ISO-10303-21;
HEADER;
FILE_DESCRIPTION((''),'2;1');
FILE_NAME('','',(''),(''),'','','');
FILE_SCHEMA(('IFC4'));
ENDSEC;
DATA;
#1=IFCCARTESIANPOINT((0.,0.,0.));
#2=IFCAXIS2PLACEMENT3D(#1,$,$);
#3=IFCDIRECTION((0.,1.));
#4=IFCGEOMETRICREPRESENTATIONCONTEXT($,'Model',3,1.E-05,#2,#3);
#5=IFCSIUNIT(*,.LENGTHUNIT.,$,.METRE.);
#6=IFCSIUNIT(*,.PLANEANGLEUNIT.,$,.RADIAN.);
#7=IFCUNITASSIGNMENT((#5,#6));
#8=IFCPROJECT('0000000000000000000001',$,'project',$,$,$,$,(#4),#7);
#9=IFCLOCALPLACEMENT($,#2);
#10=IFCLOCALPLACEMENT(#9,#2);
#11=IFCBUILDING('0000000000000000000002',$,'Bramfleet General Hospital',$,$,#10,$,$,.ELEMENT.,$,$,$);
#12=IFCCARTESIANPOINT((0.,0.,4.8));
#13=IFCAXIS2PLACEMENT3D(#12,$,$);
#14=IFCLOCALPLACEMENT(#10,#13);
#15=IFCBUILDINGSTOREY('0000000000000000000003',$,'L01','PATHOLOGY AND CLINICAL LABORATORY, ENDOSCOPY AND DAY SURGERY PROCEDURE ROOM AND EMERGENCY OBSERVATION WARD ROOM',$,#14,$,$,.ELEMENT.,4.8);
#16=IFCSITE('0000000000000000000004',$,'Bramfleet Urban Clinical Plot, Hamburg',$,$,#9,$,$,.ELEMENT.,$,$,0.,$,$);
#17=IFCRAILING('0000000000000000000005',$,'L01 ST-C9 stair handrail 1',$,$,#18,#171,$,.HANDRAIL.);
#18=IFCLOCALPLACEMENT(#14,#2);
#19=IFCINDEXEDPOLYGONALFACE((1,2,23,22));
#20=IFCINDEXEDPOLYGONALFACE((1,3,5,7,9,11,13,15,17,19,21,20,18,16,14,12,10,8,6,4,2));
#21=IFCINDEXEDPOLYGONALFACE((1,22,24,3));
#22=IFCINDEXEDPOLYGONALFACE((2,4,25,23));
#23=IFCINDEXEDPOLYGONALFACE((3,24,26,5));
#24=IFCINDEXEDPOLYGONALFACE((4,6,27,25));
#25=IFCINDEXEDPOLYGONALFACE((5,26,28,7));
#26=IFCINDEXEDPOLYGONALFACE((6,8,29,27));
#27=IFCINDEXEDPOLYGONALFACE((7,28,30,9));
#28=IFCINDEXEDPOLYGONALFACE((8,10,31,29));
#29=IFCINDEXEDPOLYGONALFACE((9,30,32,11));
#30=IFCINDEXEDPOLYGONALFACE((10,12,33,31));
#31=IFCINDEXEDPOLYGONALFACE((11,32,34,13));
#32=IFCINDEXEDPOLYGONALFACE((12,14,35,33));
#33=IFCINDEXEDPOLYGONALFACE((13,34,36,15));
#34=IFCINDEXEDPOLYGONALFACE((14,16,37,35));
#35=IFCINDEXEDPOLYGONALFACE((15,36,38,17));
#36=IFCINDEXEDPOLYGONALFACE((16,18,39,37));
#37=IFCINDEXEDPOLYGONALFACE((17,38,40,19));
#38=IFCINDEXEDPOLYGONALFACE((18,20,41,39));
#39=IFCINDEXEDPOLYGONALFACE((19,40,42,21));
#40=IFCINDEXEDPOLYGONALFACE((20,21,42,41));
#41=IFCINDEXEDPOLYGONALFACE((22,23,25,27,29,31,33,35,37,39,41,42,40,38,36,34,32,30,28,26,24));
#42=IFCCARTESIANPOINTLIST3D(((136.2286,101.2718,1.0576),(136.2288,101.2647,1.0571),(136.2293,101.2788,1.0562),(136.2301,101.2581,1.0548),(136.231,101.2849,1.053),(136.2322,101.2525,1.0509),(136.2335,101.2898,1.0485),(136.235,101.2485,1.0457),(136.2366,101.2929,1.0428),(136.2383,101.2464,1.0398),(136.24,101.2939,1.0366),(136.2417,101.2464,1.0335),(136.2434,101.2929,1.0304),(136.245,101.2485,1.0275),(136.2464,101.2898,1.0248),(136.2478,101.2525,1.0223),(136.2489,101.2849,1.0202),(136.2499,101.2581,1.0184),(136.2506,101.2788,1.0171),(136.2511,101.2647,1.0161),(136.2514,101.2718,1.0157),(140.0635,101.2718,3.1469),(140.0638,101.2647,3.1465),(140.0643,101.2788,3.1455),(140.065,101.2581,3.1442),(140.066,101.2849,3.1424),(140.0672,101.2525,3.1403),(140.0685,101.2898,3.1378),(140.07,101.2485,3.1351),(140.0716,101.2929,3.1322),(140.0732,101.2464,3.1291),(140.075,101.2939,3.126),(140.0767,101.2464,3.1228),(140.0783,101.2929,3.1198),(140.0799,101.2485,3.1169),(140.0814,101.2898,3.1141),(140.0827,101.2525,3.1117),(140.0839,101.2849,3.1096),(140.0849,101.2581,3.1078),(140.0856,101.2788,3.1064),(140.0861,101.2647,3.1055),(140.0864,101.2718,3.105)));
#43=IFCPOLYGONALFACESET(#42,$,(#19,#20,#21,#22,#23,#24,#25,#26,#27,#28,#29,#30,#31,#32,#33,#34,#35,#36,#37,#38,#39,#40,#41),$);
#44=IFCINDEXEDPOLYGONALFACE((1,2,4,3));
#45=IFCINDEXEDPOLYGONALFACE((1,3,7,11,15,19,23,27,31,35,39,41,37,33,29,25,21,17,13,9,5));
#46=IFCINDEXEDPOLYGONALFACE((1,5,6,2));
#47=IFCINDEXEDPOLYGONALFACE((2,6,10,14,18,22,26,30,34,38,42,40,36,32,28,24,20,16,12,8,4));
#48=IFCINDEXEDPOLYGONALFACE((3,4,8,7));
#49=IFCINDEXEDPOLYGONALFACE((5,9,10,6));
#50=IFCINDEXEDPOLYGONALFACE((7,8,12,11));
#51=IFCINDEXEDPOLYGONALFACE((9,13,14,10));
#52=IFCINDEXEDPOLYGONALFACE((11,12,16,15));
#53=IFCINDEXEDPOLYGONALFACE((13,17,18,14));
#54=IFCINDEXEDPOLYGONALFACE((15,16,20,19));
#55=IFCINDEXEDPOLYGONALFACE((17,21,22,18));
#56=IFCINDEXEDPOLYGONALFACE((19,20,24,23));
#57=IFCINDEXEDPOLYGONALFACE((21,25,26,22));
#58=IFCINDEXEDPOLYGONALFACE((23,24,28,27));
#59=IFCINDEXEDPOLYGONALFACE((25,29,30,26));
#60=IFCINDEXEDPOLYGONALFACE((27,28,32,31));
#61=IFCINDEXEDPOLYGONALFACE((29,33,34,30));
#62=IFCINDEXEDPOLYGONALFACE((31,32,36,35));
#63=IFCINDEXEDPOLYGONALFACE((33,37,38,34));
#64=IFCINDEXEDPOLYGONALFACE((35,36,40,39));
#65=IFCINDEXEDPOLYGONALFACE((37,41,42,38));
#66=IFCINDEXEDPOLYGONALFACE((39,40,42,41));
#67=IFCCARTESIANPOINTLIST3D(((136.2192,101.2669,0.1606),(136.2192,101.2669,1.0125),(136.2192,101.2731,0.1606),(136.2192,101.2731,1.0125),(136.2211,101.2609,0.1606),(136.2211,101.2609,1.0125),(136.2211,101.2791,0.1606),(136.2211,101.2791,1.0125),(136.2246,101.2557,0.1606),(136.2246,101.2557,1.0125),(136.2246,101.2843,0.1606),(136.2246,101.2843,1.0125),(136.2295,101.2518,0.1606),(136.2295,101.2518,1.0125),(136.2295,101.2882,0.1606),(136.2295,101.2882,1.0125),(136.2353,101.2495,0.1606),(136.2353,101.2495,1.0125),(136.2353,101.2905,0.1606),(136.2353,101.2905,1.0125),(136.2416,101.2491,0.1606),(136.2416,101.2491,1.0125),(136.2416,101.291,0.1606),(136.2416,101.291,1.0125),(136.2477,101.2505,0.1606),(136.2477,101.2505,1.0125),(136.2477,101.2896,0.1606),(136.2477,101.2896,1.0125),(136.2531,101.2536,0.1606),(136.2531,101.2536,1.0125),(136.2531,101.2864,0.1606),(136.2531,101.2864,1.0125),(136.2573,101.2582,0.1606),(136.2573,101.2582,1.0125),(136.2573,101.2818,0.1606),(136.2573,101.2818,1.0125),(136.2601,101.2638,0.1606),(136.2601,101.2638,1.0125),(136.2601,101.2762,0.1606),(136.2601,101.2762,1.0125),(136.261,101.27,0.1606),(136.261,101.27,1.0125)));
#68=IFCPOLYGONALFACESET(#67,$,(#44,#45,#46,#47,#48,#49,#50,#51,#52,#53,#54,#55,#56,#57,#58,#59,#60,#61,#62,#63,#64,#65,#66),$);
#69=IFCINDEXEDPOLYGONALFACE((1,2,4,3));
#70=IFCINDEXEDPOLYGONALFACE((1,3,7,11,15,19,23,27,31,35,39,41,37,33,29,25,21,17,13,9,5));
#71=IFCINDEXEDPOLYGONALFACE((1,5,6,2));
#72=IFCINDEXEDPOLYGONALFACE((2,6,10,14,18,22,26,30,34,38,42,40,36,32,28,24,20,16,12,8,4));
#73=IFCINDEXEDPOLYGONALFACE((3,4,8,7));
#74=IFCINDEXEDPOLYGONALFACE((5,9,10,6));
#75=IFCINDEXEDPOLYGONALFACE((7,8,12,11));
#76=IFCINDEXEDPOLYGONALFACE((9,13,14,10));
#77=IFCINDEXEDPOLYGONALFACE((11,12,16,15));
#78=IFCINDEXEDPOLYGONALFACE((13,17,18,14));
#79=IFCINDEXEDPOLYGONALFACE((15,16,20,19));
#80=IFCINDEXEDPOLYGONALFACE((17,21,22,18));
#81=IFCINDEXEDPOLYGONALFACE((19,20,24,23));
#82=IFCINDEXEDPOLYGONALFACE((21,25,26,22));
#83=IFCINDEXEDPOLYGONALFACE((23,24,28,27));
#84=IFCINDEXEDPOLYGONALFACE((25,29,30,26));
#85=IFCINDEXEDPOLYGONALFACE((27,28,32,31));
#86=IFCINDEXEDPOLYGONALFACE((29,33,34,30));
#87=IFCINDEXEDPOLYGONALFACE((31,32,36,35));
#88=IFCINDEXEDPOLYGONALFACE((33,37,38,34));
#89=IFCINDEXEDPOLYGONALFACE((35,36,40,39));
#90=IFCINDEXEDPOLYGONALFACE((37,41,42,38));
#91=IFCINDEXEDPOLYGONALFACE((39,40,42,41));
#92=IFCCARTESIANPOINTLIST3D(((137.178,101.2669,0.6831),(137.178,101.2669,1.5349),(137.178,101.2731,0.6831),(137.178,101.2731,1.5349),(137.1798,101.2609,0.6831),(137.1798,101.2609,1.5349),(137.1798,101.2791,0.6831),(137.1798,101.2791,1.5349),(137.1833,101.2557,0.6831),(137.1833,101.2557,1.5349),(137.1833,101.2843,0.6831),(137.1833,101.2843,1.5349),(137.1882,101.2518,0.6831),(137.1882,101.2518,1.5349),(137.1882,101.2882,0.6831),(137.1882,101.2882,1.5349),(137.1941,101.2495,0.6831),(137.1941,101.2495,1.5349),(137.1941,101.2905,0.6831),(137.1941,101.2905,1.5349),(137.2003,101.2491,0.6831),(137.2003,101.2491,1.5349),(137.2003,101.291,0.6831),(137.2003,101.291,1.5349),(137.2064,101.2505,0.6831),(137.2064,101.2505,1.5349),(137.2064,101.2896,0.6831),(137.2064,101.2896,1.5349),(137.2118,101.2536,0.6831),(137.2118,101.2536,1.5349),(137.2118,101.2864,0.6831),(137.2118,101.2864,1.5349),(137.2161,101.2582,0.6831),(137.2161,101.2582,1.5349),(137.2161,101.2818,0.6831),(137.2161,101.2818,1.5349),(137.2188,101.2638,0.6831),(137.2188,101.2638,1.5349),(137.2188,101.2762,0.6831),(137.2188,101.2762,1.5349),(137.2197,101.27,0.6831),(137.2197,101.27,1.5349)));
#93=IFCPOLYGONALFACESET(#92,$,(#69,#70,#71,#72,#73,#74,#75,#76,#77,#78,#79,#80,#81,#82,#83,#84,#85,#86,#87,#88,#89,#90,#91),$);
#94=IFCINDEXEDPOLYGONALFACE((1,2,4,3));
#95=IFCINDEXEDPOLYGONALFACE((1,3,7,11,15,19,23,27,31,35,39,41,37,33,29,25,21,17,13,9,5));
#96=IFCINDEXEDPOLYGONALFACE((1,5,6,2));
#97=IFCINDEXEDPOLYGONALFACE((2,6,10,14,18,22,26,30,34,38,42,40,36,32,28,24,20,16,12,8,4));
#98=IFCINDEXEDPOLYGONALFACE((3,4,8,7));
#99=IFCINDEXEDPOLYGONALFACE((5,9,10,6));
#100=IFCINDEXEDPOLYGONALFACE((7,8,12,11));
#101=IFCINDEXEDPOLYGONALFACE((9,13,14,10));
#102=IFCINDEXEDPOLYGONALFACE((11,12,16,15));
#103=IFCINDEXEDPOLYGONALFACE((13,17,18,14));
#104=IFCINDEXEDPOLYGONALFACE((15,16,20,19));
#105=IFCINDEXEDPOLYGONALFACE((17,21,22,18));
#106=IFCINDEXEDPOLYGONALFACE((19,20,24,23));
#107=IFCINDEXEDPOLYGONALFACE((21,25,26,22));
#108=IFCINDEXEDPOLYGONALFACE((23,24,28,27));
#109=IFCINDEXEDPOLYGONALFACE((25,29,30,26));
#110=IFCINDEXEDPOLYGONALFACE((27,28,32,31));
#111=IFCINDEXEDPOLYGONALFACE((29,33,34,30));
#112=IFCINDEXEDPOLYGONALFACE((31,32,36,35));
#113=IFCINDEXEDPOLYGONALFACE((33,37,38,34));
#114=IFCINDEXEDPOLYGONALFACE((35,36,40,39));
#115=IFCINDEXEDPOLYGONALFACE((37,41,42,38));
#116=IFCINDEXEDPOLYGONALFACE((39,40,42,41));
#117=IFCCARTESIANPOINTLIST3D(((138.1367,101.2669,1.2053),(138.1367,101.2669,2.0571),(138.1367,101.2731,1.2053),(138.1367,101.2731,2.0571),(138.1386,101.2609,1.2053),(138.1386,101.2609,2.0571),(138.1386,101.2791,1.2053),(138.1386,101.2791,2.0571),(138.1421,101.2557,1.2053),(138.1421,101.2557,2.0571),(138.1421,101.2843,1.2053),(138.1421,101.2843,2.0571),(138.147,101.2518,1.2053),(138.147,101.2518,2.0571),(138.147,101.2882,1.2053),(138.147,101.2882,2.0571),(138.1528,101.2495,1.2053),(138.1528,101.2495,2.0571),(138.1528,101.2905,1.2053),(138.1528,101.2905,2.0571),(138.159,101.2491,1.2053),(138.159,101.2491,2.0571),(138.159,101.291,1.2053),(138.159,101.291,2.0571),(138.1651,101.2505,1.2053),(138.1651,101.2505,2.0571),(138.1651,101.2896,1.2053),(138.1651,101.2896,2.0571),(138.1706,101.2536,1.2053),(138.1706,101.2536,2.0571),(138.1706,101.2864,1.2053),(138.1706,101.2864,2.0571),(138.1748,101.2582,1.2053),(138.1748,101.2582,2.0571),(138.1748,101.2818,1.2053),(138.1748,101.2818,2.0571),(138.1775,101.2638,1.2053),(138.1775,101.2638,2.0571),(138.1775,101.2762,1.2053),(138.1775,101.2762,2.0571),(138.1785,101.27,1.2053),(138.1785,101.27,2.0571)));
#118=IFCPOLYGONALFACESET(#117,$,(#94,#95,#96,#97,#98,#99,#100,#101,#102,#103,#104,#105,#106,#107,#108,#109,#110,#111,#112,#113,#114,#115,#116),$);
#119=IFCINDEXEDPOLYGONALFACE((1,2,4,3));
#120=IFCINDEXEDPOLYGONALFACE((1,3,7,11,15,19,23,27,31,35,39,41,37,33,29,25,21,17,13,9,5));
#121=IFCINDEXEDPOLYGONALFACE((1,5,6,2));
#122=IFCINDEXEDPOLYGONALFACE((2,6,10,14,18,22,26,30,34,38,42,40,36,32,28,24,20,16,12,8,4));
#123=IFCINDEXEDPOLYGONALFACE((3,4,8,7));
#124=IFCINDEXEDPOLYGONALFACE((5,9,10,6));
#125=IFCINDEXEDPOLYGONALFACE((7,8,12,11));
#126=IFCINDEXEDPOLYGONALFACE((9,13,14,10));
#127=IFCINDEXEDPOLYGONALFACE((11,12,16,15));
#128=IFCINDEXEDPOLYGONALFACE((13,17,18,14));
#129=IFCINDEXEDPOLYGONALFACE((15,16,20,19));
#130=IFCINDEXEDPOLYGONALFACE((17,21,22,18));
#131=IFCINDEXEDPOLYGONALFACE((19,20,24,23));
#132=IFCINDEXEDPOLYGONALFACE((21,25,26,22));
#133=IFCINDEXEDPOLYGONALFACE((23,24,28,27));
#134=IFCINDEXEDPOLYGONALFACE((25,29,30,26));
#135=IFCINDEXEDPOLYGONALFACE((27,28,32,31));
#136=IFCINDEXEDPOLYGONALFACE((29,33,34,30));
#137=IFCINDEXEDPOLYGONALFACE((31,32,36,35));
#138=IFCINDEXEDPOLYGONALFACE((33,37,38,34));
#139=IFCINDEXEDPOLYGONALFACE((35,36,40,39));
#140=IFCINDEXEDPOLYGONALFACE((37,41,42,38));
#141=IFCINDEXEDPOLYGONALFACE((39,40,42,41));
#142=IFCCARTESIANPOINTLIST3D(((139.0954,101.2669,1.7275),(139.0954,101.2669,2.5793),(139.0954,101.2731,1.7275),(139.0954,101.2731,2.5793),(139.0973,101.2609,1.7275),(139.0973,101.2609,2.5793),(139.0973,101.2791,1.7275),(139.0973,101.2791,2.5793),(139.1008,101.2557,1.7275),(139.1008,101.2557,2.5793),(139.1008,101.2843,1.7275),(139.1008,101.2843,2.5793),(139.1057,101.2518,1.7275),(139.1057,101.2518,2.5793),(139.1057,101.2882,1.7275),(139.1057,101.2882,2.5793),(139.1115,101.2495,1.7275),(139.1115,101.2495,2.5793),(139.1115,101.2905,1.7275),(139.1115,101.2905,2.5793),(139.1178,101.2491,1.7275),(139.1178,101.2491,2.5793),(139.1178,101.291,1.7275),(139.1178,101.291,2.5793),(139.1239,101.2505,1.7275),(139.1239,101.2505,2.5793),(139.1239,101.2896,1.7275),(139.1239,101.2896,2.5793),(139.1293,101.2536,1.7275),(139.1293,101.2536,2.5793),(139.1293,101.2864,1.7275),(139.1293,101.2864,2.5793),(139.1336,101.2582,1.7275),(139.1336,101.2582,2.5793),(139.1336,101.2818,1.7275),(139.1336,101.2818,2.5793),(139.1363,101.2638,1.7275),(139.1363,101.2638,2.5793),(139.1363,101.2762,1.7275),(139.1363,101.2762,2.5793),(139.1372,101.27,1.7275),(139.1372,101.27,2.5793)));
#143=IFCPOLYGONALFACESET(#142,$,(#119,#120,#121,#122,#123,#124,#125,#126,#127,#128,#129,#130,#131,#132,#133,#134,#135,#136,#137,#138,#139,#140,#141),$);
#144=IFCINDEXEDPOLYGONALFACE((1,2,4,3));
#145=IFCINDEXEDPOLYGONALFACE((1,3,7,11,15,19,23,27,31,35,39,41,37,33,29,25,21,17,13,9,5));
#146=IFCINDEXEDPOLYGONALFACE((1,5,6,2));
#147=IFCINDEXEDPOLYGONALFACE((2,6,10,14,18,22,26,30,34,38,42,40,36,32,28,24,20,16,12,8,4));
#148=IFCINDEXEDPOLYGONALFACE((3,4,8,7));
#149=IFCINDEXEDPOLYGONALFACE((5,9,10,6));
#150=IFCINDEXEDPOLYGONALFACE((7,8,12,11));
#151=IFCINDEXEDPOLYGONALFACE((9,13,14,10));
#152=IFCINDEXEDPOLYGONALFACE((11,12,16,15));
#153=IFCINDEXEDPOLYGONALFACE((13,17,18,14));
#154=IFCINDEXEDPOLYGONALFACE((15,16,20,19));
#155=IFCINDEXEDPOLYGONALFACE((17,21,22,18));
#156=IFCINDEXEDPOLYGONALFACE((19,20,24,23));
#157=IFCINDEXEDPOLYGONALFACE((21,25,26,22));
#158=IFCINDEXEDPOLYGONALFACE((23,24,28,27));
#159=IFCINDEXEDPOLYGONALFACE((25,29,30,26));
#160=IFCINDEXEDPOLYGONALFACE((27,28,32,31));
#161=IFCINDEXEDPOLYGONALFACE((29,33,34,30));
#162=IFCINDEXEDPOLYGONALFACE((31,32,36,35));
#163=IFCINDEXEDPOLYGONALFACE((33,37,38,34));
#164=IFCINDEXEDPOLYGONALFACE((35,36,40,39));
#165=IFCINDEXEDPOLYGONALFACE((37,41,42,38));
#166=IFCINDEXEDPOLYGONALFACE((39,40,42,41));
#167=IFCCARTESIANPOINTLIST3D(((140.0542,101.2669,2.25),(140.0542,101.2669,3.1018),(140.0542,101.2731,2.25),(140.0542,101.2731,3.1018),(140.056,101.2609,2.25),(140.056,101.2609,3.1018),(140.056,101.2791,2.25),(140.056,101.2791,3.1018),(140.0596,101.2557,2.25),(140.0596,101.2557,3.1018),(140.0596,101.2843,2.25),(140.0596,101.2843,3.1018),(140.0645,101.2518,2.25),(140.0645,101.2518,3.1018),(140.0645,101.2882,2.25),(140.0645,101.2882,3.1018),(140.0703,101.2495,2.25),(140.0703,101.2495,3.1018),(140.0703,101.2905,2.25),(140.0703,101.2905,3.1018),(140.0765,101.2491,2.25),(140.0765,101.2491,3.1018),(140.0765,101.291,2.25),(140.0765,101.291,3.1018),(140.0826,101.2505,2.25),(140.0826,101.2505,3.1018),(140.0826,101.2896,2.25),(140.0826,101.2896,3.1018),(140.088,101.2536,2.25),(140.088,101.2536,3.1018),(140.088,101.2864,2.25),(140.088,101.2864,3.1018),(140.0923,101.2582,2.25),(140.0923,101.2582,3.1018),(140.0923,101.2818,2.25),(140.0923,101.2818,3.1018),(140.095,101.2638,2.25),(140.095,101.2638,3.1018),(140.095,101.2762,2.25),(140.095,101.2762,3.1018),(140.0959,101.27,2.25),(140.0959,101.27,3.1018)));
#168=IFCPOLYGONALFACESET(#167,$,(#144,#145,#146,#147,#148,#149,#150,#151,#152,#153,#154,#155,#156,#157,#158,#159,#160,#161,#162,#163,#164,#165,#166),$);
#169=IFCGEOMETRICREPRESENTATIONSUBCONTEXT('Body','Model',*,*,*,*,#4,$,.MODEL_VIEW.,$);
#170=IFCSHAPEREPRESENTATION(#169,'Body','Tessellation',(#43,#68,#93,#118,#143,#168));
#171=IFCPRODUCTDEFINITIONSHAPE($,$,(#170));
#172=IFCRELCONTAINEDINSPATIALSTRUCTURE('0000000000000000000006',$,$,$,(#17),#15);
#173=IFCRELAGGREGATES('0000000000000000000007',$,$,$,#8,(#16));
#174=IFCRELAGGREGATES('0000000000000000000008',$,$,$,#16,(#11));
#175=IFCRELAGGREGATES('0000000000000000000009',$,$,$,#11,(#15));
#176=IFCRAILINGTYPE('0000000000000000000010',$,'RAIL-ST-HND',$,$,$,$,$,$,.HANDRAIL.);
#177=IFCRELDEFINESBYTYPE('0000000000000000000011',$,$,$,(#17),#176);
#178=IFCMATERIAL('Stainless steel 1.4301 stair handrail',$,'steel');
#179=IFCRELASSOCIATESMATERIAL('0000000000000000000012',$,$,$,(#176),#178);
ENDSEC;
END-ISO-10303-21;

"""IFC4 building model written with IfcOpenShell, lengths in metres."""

from ifc_helpers import new_model, si_unit, direction, frame, origin, origin_2d, place, context, subcontext, project, spatial, circle, extrude, material, type_object, element, save


model = new_model("IFC4")

# Units and contexts
model_context = context("Model", 3, precision=1e-05, world=origin(), true_north=direction((0.0, 1.0)))
body_context = subcontext(model_context, "Body", "Model", "MODEL_VIEW")
ifc_project = project(units=[si_unit("LENGTHUNIT", "METRE"), si_unit("PLANEANGLEUNIT", "RADIAN")], contexts=[model_context])

# Site, building, storey
site_placement = place(None, origin())
site = spatial("IfcSite", under=ifc_project, at=site_placement, Name="Bramfleet Urban Clinical Plot, Hamburg", CompositionType="ELEMENT", RefElevation=0.0)
building_placement = place(site_placement, origin())
building = spatial("IfcBuilding", under=site, at=building_placement, Name="Bramfleet General Hospital", CompositionType="ELEMENT")
storey_placement = place(building_placement, frame((0.0, 0.0, 4.8)))
storey = spatial("IfcBuildingStorey", under=building, at=storey_placement, Name="L01", Description="PATHOLOGY AND CLINICAL LABORATORY, ENDOSCOPY AND DAY SURGERY PROCEDURE ROOM AND EMERGENCY OBSERVATION WARD ROOM", CompositionType="ELEMENT", Elevation=4.8)

# Railing
ifc_material_1 = material(Name="Stainless steel 1.4301 stair handrail", Category="steel")
railing_type = type_object("IfcRailingType", Name="RAIL-ST-HND", PredefinedType="HANDRAIL", material=ifc_material_1)
railing_placement = place(storey_placement, frame((136.24, 101.27, 0.1606)))
element("IfcRailing", 1, at=railing_placement, inside=storey, type_object=railing_type, Name="L01 ST-C9 stair handrail 1", PredefinedType="HANDRAIL", context=body_context, shape_type="SweptSolid", body=[
    extrude(circle(Radius=0.0239, at=origin_2d()), frame((0.0, 0.0, 0.876), z_axis=(0.87813, 0.0, 0.478421), x_axis=(0.0, 1.0, 0.0)), (0.0, 0.0, 1.0), 4.3672),
    extrude(circle(Radius=0.021, at=origin_2d()), origin(), (0.0, 0.0, 1.0), 0.8518),
    extrude(circle(Radius=0.021, at=origin_2d()), frame((0.9587, 0.0, 0.5225)), (0.0, 0.0, 1.0), 0.8518),
    extrude(circle(Radius=0.021, at=origin_2d()), frame((1.9175, 0.0, 1.0447)), (0.0, 0.0, 1.0), 0.8518),
    extrude(circle(Radius=0.021, at=origin_2d()), frame((2.8762, 0.0, 1.5669)), (0.0, 0.0, 1.0), 0.8518),
    extrude(circle(Radius=0.021, at=origin_2d()), frame((3.835, 0.0, 2.0894)), (0.0, 0.0, 1.0), 0.8518),
])

save(model, "model.ifc")
